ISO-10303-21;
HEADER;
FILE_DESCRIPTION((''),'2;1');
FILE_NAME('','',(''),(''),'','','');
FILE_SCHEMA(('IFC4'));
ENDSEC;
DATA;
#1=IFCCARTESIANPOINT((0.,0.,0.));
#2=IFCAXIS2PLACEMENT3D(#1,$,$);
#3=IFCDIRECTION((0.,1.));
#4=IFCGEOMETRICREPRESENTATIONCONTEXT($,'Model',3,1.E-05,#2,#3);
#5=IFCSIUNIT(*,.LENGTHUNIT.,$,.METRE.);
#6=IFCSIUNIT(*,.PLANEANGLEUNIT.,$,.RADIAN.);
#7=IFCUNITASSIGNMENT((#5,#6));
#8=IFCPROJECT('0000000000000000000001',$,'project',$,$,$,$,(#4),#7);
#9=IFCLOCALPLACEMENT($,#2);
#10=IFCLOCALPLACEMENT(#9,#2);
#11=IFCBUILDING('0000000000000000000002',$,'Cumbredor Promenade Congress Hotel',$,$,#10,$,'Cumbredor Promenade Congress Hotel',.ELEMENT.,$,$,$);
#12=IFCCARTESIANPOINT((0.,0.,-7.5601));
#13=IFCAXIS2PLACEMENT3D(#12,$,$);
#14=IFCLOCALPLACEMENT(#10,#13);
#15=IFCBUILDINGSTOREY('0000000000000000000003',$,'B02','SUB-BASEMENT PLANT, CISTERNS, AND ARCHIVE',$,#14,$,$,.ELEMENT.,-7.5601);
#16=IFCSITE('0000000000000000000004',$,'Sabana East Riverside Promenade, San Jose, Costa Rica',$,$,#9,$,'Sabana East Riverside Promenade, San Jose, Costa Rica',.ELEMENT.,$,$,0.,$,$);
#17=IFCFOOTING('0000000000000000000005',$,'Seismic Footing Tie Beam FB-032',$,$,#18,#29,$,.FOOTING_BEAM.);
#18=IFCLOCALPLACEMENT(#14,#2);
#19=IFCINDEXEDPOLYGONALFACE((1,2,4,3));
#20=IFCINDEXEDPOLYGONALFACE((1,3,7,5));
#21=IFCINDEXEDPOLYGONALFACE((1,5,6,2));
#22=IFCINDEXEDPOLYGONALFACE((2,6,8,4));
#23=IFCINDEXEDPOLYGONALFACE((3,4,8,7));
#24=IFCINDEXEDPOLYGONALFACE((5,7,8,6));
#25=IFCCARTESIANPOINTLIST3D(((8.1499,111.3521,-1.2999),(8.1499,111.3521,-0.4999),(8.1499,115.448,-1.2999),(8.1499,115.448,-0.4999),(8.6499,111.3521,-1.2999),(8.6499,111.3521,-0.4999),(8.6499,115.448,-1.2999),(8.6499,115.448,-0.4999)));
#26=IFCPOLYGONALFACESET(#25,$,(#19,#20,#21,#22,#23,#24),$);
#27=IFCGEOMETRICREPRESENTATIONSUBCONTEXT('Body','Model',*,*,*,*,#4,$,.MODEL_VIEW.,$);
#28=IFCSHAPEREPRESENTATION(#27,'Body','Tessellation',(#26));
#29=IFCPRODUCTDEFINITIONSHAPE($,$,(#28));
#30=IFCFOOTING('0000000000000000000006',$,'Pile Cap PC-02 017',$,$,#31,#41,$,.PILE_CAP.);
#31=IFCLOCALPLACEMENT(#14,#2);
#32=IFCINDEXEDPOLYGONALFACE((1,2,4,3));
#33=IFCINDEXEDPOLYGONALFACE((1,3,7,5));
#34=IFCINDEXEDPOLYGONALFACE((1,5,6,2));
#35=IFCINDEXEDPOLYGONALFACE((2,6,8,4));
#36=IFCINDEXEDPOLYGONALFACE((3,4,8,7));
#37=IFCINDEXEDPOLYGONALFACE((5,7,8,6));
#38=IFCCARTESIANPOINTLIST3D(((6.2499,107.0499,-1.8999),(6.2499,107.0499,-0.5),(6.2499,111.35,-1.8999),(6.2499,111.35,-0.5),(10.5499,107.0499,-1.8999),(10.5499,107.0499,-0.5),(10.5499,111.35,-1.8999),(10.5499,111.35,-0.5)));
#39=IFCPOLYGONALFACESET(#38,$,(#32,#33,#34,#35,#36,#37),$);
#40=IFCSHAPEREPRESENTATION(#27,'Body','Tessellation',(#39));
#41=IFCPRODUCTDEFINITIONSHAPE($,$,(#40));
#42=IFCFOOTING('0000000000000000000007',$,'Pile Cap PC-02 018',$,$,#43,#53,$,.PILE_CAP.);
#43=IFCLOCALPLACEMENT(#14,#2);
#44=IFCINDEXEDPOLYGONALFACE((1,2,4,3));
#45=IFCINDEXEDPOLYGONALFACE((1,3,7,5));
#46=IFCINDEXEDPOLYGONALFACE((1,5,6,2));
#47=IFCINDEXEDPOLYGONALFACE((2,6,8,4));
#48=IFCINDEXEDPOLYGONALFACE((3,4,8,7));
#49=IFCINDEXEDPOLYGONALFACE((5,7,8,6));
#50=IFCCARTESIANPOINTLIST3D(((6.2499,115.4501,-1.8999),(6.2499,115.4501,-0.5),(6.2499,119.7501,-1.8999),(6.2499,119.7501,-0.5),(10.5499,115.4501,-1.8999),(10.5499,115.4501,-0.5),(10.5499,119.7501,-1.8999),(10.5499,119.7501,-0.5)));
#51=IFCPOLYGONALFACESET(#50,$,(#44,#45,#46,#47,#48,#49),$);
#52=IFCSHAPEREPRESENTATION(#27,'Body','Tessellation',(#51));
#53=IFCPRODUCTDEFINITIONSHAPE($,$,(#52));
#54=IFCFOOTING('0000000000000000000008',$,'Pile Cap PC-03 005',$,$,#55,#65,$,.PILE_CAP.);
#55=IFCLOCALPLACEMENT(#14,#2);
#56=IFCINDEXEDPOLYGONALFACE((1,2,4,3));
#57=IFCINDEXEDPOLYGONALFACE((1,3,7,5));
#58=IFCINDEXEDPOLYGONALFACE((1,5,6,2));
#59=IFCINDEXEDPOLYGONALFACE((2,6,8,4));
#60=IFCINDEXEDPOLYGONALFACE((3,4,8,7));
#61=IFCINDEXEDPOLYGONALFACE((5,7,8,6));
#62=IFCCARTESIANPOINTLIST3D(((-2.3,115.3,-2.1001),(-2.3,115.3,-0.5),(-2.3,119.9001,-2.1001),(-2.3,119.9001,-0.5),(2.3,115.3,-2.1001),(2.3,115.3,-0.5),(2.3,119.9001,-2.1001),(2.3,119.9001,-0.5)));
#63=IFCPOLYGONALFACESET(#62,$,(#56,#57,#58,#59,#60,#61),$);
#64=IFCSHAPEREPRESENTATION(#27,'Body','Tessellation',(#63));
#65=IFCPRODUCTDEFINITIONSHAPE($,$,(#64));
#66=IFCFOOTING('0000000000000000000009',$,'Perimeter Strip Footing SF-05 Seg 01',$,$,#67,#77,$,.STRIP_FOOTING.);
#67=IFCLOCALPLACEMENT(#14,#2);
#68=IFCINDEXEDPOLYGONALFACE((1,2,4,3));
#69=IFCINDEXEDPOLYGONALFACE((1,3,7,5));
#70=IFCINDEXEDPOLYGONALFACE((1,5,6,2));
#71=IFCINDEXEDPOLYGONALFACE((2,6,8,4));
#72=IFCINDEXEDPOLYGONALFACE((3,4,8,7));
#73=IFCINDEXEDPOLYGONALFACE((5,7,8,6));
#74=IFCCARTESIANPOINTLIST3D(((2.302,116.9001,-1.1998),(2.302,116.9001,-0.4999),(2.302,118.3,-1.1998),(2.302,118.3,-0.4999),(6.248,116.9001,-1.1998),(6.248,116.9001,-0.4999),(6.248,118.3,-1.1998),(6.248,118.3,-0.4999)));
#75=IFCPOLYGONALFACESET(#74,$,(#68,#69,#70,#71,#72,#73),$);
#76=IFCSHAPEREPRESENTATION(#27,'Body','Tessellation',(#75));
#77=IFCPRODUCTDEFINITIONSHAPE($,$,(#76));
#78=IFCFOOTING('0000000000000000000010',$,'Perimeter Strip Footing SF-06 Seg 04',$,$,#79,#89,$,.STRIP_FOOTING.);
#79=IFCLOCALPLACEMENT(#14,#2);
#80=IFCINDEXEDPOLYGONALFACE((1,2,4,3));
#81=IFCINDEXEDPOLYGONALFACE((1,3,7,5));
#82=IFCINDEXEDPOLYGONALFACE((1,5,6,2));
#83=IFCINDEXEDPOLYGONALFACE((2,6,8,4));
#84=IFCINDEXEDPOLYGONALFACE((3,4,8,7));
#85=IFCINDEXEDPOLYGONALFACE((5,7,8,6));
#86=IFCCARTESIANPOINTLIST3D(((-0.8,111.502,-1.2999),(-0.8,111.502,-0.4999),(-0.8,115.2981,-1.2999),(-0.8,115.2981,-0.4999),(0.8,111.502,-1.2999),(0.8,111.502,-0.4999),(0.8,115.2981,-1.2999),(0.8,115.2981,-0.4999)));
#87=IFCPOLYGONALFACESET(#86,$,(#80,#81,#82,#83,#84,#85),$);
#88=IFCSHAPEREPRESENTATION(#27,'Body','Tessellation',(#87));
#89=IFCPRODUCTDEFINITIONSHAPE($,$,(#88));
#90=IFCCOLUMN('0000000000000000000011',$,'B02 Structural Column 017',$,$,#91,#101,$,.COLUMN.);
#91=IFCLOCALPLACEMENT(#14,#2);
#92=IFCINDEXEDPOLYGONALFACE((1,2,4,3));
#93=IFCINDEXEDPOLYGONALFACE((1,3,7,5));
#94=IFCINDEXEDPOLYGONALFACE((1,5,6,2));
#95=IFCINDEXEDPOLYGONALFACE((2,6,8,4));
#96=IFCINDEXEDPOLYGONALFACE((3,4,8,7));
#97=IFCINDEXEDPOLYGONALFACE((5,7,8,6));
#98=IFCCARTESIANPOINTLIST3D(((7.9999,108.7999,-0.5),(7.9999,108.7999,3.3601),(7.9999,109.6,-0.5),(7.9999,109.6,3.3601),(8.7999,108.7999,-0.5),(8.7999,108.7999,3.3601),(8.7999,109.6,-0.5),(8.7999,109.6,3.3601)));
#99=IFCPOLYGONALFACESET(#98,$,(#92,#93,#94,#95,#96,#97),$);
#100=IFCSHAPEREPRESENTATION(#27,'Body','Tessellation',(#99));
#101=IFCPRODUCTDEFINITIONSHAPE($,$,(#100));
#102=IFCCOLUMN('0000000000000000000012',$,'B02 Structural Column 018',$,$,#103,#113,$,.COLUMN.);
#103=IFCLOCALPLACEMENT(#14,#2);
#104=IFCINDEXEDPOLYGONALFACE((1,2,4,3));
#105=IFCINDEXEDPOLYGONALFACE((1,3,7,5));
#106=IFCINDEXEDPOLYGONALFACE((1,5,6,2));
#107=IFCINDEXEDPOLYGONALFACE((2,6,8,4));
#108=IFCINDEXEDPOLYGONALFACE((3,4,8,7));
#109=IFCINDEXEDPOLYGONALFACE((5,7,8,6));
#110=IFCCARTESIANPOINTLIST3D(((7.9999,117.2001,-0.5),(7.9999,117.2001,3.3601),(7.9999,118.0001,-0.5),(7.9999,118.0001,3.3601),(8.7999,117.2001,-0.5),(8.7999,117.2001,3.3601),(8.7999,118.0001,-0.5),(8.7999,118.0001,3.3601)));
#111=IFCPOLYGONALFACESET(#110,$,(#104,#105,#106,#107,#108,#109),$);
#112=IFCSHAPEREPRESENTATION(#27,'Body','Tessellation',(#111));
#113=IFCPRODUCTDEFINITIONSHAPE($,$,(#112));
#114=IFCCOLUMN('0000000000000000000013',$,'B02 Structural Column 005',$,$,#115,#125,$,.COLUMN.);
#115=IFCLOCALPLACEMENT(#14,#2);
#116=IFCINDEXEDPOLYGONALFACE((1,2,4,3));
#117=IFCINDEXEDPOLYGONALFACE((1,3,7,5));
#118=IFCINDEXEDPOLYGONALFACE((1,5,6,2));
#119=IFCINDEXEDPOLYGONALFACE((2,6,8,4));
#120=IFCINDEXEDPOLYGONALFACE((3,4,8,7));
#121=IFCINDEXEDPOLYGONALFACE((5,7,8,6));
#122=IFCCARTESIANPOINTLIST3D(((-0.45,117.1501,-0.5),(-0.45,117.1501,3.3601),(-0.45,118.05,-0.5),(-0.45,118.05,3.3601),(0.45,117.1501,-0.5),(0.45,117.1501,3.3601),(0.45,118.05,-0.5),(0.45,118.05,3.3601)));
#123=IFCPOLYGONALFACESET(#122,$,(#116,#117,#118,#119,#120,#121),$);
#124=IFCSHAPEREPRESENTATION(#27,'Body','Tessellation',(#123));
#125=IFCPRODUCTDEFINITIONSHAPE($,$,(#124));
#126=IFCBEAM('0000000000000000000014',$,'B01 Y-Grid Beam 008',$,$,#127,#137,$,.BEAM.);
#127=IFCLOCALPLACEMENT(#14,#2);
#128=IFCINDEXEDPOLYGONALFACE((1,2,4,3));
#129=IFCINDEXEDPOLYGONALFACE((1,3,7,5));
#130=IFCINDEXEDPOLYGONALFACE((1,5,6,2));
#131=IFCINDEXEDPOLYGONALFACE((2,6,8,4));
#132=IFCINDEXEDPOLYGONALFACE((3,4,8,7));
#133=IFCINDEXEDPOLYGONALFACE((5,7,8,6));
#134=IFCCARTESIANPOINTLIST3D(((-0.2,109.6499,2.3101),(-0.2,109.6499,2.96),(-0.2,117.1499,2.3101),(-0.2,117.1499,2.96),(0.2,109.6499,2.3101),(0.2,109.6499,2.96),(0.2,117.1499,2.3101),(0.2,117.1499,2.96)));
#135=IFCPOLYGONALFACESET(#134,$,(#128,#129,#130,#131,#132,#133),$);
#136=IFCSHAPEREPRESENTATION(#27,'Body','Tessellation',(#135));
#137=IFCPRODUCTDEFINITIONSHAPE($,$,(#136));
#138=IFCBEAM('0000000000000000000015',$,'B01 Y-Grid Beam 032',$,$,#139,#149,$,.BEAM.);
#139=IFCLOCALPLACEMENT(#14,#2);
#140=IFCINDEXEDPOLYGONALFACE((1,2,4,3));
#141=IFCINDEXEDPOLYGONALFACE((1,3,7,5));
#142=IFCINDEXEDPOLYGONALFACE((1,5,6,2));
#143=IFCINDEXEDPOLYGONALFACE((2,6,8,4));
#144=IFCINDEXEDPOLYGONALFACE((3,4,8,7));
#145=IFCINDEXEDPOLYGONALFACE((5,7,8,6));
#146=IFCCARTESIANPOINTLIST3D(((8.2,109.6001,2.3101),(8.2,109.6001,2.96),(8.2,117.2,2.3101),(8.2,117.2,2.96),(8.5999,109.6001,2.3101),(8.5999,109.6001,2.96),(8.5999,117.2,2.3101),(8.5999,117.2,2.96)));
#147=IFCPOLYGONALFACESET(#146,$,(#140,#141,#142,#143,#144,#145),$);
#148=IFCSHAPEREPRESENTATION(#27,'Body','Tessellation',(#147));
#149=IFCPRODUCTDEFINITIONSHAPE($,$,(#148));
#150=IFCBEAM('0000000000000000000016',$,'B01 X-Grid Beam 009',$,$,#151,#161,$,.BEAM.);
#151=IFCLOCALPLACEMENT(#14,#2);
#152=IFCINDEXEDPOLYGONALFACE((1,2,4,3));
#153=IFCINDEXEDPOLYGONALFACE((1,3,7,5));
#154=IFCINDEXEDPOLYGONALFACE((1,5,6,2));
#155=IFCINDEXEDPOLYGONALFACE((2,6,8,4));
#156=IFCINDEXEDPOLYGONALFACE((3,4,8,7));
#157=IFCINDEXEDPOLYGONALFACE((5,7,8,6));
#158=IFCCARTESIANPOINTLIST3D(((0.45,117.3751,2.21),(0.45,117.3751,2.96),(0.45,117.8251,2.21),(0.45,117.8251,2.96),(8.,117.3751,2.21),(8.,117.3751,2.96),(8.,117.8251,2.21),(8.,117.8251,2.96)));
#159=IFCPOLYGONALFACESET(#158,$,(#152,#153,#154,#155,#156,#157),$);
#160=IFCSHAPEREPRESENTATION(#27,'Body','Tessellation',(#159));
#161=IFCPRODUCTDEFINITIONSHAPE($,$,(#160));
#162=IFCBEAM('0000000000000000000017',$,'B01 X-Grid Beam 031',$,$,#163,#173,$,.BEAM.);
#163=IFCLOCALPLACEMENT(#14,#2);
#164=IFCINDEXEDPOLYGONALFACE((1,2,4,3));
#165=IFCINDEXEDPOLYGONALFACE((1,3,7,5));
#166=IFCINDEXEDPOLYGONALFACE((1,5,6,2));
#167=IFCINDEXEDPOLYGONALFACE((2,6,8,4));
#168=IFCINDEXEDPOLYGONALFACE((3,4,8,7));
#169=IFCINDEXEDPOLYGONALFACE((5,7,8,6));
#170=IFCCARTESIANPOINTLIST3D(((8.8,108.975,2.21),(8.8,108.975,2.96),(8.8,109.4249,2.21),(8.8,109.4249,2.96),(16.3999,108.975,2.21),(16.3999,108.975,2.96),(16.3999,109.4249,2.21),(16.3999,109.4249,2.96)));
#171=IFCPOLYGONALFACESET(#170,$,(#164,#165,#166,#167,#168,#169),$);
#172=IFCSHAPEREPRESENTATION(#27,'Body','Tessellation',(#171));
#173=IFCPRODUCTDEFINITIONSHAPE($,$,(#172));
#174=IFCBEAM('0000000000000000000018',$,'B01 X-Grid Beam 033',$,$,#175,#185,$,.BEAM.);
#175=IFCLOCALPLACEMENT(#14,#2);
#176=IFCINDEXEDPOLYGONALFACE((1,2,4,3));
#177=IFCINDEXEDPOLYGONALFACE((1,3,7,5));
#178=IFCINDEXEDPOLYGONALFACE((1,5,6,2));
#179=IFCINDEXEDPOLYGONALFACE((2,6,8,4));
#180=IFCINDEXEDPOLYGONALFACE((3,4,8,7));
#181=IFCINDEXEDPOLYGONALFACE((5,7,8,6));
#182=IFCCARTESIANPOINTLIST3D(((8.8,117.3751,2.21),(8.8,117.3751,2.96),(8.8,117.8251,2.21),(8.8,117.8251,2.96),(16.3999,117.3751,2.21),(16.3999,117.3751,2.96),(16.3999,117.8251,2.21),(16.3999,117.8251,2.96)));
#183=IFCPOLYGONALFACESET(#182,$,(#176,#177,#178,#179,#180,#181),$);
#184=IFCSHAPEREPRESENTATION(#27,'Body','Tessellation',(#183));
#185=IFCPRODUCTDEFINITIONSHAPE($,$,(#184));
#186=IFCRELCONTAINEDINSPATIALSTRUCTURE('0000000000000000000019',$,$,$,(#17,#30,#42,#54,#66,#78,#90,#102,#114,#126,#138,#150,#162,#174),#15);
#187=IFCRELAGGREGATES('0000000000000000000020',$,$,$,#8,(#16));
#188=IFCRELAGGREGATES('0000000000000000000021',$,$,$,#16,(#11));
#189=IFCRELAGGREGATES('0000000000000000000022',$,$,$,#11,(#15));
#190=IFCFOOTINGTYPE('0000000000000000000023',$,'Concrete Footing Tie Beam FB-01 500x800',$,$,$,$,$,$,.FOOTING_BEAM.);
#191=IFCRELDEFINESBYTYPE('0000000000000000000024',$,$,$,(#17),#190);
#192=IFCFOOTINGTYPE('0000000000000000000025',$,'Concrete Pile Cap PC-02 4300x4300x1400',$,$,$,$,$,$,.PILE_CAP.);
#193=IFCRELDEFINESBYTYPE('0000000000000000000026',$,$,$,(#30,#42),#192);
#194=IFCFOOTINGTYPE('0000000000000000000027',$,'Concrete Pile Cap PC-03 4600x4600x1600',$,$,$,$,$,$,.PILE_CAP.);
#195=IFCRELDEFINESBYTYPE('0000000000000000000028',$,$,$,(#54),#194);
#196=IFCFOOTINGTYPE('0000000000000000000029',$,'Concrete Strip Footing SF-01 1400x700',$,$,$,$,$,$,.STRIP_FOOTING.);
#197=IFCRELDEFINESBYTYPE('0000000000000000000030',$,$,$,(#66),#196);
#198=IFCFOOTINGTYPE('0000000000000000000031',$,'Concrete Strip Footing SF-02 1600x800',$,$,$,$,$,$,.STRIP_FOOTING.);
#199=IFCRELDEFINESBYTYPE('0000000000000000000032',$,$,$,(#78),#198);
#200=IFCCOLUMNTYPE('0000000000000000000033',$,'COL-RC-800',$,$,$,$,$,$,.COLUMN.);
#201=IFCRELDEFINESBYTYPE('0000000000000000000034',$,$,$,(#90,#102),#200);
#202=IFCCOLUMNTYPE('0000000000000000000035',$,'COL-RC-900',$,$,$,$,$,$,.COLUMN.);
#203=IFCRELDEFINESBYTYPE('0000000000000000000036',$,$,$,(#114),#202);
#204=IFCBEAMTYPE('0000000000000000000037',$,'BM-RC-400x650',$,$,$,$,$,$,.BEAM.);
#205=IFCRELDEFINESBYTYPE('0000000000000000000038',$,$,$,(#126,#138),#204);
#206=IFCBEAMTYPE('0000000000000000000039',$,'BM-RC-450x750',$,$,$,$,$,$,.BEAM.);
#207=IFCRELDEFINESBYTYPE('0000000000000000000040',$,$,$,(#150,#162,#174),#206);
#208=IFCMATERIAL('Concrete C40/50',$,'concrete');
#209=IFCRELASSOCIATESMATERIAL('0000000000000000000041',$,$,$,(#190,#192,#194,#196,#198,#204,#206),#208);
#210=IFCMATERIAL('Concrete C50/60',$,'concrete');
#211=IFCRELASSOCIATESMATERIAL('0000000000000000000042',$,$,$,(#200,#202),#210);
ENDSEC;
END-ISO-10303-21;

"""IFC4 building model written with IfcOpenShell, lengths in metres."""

from ifc_helpers import new_model, si_unit, direction, frame, origin, origin_2d, place, context, subcontext, project, spatial, rectangle, extrude, material, material_profile, profile_set, type_object, element, save


model = new_model("IFC4")

# Units and contexts
model_context = context("Model", 3, precision=1e-05, world=origin(), true_north=direction((0.0, 1.0)))
body_context = subcontext(model_context, "Body", "Model", "MODEL_VIEW")
ifc_project = project(units=[si_unit("LENGTHUNIT", "METRE"), si_unit("PLANEANGLEUNIT", "RADIAN")], contexts=[model_context])

# Site, building, storey
site_placement = place(None, origin())
site = spatial("IfcSite", under=ifc_project, at=site_placement, Name="Sabana East Riverside Promenade, San Jose, Costa Rica", LongName="Sabana East Riverside Promenade, San Jose, Costa Rica", CompositionType="ELEMENT", RefElevation=0.0)
building_placement = place(site_placement, origin())
building = spatial("IfcBuilding", under=site, at=building_placement, Name="Cumbredor Promenade Congress Hotel", LongName="Cumbredor Promenade Congress Hotel", CompositionType="ELEMENT")
storey_placement = place(building_placement, frame((0.0, 0.0, -7.5601)))
storey = spatial("IfcBuildingStorey", under=building, at=storey_placement, Name="B02", Description="SUB-BASEMENT PLANT, CISTERNS, AND ARCHIVE", CompositionType="ELEMENT", Elevation=-7.5601)

# Shared definitions
ifc_material_1 = material(Name="Concrete C40/50", Category="concrete")

# Footings
ifc_material_profile_1 = material_profile(ifc_material_1, rectangle(XDim=0.5, YDim=0.8, at=origin_2d()), Name="FB 500x800")
ifc_profile_set_1 = profile_set([ifc_material_profile_1], Name="Concrete C40/50")
footing_type_1 = type_object("IfcFootingType", Name="Concrete Footing Tie Beam FB-01 500x800", PredefinedType="FOOTING_BEAM", material=ifc_profile_set_1)
footing_1_placement = place(storey_placement, frame((8.3999, 111.3521, -0.8999), z_axis=(0.0, 1.0, 0.0), x_axis=(-1.0, 0.0, 0.0)))
element("IfcFooting", 1, at=footing_1_placement, inside=storey, type_object=footing_type_1, Name="Seismic Footing Tie Beam FB-032", PredefinedType="FOOTING_BEAM", context=body_context, shape_type="SweptSolid", body=[
    extrude(rectangle(XDim=0.5, YDim=0.8, at=origin_2d()), origin(), (0.0, 0.0, 1.0), 4.0959),
])
footing_type_2 = type_object("IfcFootingType", Name="Concrete Pile Cap PC-02 4300x4300x1400", PredefinedType="PILE_CAP", material=ifc_material_1)
for number, where, z_axis, x_axis, name in (
    (2, (8.3999, 109.2, -1.8999), (0.0, 0.0, 1.0), (1.0, 0.0, 0.0), "Pile Cap PC-02 017"),
    (3, (8.3999, 117.6001, -1.8999), (0.0, 0.0, 1.0), (1.0, 0.0, 0.0), "Pile Cap PC-02 018"),
):
    element("IfcFooting", number, at=place(storey_placement, frame(where, z_axis=z_axis, x_axis=x_axis)), inside=storey, type_object=footing_type_2, Name=name, PredefinedType="PILE_CAP", context=body_context, shape_type="SweptSolid", body=[
        extrude(rectangle(XDim=4.3, YDim=4.3, at=origin_2d()), origin(), (0.0, 0.0, 1.0), 1.3999),
    ])
footing_type_3 = type_object("IfcFootingType", Name="Concrete Pile Cap PC-03 4600x4600x1600", PredefinedType="PILE_CAP", material=ifc_material_1)
footing_2_placement = place(storey_placement, frame((0.0, 117.6001, -2.1001), z_axis=(0.0, 0.0, 1.0), x_axis=(1.0, 0.0, 0.0)))
element("IfcFooting", 4, at=footing_2_placement, inside=storey, type_object=footing_type_3, Name="Pile Cap PC-03 005", PredefinedType="PILE_CAP", context=body_context, shape_type="SweptSolid", body=[
    extrude(rectangle(XDim=4.6001, YDim=4.6001, at=origin_2d()), origin(), (0.0, 0.0, 1.0), 1.6001),
])
ifc_material_profile_2 = material_profile(ifc_material_1, rectangle(XDim=1.3999, YDim=0.7, at=origin_2d()), Name="SF 1400x700")
ifc_profile_set_2 = profile_set([ifc_material_profile_2], Name="Concrete C40/50")
footing_type_4 = type_object("IfcFootingType", Name="Concrete Strip Footing SF-01 1400x700", PredefinedType="STRIP_FOOTING", material=ifc_profile_set_2)
footing_3_placement = place(storey_placement, frame((2.302, 117.6001, -0.8499), z_axis=(1.0, 0.0, 0.0), x_axis=(0.0, 1.0, 0.0)))
element("IfcFooting", 5, at=footing_3_placement, inside=storey, type_object=footing_type_4, Name="Perimeter Strip Footing SF-05 Seg 01", PredefinedType="STRIP_FOOTING", context=body_context, shape_type="SweptSolid", body=[
    extrude(rectangle(XDim=1.3999, YDim=0.7, at=origin_2d()), origin(), (0.0, 0.0, 1.0), 3.946),
])
ifc_material_profile_3 = material_profile(ifc_material_1, rectangle(XDim=1.6001, YDim=0.8, at=origin_2d()), Name="SF 1600x800")
ifc_profile_set_3 = profile_set([ifc_material_profile_3], Name="Concrete C40/50")
footing_type_5 = type_object("IfcFootingType", Name="Concrete Strip Footing SF-02 1600x800", PredefinedType="STRIP_FOOTING", material=ifc_profile_set_3)
footing_4_placement = place(storey_placement, frame((0.0, 111.502, -0.8999), z_axis=(0.0, 1.0, 0.0), x_axis=(-1.0, 0.0, 0.0)))
element("IfcFooting", 6, at=footing_4_placement, inside=storey, type_object=footing_type_5, Name="Perimeter Strip Footing SF-06 Seg 04", PredefinedType="STRIP_FOOTING", context=body_context, shape_type="SweptSolid", body=[
    extrude(rectangle(XDim=1.6001, YDim=0.8, at=origin_2d()), origin(), (0.0, 0.0, 1.0), 3.7961),
])

# Columns
ifc_material_2 = material(Name="Concrete C50/60", Category="concrete")
ifc_material_profile_4 = material_profile(ifc_material_2, rectangle(XDim=0.8, YDim=0.8, at=origin_2d()), Name="RC 800x800")
ifc_profile_set_4 = profile_set([ifc_material_profile_4], Name="Concrete C50/60")
column_type_1 = type_object("IfcColumnType", Name="COL-RC-800", PredefinedType="COLUMN", material=ifc_profile_set_4)
for number, where, z_axis, x_axis, name in (
    (7, (8.3999, 109.2, -0.5), (0.0, 0.0, 1.0), (1.0, 0.0, 0.0), "B02 Structural Column 017"),
    (8, (8.3999, 117.6001, -0.5), (0.0, 0.0, 1.0), (1.0, 0.0, 0.0), "B02 Structural Column 018"),
):
    element("IfcColumn", number, at=place(storey_placement, frame(where, z_axis=z_axis, x_axis=x_axis)), inside=storey, type_object=column_type_1, Name=name, PredefinedType="COLUMN", context=body_context, shape_type="SweptSolid", body=[
        extrude(rectangle(XDim=0.8, YDim=0.8, at=origin_2d()), origin(), (0.0, 0.0, 1.0), 3.8601),
    ])
ifc_material_profile_5 = material_profile(ifc_material_2, rectangle(XDim=0.8999, YDim=0.8999, at=origin_2d()), Name="RC 900x900")
ifc_profile_set_5 = profile_set([ifc_material_profile_5], Name="Concrete C50/60")
column_type_2 = type_object("IfcColumnType", Name="COL-RC-900", PredefinedType="COLUMN", material=ifc_profile_set_5)
column_placement = place(storey_placement, frame((0.0, 117.6001, -0.5), z_axis=(0.0, 0.0, 1.0), x_axis=(1.0, 0.0, 0.0)))
element("IfcColumn", 9, at=column_placement, inside=storey, type_object=column_type_2, Name="B02 Structural Column 005", PredefinedType="COLUMN", context=body_context, shape_type="SweptSolid", body=[
    extrude(rectangle(XDim=0.8999, YDim=0.8999, at=origin_2d()), origin(), (0.0, 0.0, 1.0), 3.8601),
])

# Beams
ifc_material_profile_6 = material_profile(ifc_material_1, rectangle(XDim=0.3999, YDim=0.6499, at=origin_2d()), Name="RC BEAM 400x650")
ifc_profile_set_6 = profile_set([ifc_material_profile_6], Name="Concrete C40/50")
beam_type_1 = type_object("IfcBeamType", Name="BM-RC-400x650", PredefinedType="BEAM", material=ifc_profile_set_6)
beam_1_placement = place(storey_placement, frame((0.0, 109.6499, 2.635), z_axis=(0.0, 1.0, 0.0), x_axis=(-1.0, 0.0, 0.0)))
element("IfcBeam", 10, at=beam_1_placement, inside=storey, type_object=beam_type_1, Name="B01 Y-Grid Beam 008", PredefinedType="BEAM", context=body_context, shape_type="SweptSolid", body=[
    extrude(rectangle(XDim=0.3999, YDim=0.6499, at=origin_2d()), origin(), (0.0, 0.0, 1.0), 7.5),
])
beam_2_placement = place(storey_placement, frame((8.3999, 109.6001, 2.635), z_axis=(0.0, 1.0, 0.0), x_axis=(-1.0, 0.0, 0.0)))
element("IfcBeam", 11, at=beam_2_placement, inside=storey, type_object=beam_type_1, Name="B01 Y-Grid Beam 032", PredefinedType="BEAM", context=body_context, shape_type="SweptSolid", body=[
    extrude(rectangle(XDim=0.3999, YDim=0.6499, at=origin_2d()), origin(), (0.0, 0.0, 1.0), 7.5999),
])
ifc_material_profile_7 = material_profile(ifc_material_1, rectangle(XDim=0.45, YDim=0.75, at=origin_2d()), Name="RC BEAM 450x750")
ifc_profile_set_7 = profile_set([ifc_material_profile_7], Name="Concrete C40/50")
beam_type_2 = type_object("IfcBeamType", Name="BM-RC-450x750", PredefinedType="BEAM", material=ifc_profile_set_7)
beam_3_placement = place(storey_placement, frame((0.45, 117.6001, 2.585), z_axis=(1.0, 0.0, 0.0), x_axis=(0.0, 1.0, 0.0)))
element("IfcBeam", 12, at=beam_3_placement, inside=storey, type_object=beam_type_2, Name="B01 X-Grid Beam 009", PredefinedType="BEAM", context=body_context, shape_type="SweptSolid", body=[
    extrude(rectangle(XDim=0.45, YDim=0.75, at=origin_2d()), origin(), (0.0, 0.0, 1.0), 7.55),
])
for number, where, z_axis, x_axis, name in (
    (13, (8.8, 109.2, 2.585), (1.0, 0.0, 0.0), (0.0, 1.0, 0.0), "B01 X-Grid Beam 031"),
    (14, (8.8, 117.6001, 2.585), (1.0, 0.0, 0.0), (0.0, 1.0, 0.0), "B01 X-Grid Beam 033"),
):
    element("IfcBeam", number, at=place(storey_placement, frame(where, z_axis=z_axis, x_axis=x_axis)), inside=storey, type_object=beam_type_2, Name=name, PredefinedType="BEAM", context=body_context, shape_type="SweptSolid", body=[
        extrude(rectangle(XDim=0.45, YDim=0.75, at=origin_2d()), origin(), (0.0, 0.0, 1.0), 7.5999),
    ])

save(model, "model.ifc")
